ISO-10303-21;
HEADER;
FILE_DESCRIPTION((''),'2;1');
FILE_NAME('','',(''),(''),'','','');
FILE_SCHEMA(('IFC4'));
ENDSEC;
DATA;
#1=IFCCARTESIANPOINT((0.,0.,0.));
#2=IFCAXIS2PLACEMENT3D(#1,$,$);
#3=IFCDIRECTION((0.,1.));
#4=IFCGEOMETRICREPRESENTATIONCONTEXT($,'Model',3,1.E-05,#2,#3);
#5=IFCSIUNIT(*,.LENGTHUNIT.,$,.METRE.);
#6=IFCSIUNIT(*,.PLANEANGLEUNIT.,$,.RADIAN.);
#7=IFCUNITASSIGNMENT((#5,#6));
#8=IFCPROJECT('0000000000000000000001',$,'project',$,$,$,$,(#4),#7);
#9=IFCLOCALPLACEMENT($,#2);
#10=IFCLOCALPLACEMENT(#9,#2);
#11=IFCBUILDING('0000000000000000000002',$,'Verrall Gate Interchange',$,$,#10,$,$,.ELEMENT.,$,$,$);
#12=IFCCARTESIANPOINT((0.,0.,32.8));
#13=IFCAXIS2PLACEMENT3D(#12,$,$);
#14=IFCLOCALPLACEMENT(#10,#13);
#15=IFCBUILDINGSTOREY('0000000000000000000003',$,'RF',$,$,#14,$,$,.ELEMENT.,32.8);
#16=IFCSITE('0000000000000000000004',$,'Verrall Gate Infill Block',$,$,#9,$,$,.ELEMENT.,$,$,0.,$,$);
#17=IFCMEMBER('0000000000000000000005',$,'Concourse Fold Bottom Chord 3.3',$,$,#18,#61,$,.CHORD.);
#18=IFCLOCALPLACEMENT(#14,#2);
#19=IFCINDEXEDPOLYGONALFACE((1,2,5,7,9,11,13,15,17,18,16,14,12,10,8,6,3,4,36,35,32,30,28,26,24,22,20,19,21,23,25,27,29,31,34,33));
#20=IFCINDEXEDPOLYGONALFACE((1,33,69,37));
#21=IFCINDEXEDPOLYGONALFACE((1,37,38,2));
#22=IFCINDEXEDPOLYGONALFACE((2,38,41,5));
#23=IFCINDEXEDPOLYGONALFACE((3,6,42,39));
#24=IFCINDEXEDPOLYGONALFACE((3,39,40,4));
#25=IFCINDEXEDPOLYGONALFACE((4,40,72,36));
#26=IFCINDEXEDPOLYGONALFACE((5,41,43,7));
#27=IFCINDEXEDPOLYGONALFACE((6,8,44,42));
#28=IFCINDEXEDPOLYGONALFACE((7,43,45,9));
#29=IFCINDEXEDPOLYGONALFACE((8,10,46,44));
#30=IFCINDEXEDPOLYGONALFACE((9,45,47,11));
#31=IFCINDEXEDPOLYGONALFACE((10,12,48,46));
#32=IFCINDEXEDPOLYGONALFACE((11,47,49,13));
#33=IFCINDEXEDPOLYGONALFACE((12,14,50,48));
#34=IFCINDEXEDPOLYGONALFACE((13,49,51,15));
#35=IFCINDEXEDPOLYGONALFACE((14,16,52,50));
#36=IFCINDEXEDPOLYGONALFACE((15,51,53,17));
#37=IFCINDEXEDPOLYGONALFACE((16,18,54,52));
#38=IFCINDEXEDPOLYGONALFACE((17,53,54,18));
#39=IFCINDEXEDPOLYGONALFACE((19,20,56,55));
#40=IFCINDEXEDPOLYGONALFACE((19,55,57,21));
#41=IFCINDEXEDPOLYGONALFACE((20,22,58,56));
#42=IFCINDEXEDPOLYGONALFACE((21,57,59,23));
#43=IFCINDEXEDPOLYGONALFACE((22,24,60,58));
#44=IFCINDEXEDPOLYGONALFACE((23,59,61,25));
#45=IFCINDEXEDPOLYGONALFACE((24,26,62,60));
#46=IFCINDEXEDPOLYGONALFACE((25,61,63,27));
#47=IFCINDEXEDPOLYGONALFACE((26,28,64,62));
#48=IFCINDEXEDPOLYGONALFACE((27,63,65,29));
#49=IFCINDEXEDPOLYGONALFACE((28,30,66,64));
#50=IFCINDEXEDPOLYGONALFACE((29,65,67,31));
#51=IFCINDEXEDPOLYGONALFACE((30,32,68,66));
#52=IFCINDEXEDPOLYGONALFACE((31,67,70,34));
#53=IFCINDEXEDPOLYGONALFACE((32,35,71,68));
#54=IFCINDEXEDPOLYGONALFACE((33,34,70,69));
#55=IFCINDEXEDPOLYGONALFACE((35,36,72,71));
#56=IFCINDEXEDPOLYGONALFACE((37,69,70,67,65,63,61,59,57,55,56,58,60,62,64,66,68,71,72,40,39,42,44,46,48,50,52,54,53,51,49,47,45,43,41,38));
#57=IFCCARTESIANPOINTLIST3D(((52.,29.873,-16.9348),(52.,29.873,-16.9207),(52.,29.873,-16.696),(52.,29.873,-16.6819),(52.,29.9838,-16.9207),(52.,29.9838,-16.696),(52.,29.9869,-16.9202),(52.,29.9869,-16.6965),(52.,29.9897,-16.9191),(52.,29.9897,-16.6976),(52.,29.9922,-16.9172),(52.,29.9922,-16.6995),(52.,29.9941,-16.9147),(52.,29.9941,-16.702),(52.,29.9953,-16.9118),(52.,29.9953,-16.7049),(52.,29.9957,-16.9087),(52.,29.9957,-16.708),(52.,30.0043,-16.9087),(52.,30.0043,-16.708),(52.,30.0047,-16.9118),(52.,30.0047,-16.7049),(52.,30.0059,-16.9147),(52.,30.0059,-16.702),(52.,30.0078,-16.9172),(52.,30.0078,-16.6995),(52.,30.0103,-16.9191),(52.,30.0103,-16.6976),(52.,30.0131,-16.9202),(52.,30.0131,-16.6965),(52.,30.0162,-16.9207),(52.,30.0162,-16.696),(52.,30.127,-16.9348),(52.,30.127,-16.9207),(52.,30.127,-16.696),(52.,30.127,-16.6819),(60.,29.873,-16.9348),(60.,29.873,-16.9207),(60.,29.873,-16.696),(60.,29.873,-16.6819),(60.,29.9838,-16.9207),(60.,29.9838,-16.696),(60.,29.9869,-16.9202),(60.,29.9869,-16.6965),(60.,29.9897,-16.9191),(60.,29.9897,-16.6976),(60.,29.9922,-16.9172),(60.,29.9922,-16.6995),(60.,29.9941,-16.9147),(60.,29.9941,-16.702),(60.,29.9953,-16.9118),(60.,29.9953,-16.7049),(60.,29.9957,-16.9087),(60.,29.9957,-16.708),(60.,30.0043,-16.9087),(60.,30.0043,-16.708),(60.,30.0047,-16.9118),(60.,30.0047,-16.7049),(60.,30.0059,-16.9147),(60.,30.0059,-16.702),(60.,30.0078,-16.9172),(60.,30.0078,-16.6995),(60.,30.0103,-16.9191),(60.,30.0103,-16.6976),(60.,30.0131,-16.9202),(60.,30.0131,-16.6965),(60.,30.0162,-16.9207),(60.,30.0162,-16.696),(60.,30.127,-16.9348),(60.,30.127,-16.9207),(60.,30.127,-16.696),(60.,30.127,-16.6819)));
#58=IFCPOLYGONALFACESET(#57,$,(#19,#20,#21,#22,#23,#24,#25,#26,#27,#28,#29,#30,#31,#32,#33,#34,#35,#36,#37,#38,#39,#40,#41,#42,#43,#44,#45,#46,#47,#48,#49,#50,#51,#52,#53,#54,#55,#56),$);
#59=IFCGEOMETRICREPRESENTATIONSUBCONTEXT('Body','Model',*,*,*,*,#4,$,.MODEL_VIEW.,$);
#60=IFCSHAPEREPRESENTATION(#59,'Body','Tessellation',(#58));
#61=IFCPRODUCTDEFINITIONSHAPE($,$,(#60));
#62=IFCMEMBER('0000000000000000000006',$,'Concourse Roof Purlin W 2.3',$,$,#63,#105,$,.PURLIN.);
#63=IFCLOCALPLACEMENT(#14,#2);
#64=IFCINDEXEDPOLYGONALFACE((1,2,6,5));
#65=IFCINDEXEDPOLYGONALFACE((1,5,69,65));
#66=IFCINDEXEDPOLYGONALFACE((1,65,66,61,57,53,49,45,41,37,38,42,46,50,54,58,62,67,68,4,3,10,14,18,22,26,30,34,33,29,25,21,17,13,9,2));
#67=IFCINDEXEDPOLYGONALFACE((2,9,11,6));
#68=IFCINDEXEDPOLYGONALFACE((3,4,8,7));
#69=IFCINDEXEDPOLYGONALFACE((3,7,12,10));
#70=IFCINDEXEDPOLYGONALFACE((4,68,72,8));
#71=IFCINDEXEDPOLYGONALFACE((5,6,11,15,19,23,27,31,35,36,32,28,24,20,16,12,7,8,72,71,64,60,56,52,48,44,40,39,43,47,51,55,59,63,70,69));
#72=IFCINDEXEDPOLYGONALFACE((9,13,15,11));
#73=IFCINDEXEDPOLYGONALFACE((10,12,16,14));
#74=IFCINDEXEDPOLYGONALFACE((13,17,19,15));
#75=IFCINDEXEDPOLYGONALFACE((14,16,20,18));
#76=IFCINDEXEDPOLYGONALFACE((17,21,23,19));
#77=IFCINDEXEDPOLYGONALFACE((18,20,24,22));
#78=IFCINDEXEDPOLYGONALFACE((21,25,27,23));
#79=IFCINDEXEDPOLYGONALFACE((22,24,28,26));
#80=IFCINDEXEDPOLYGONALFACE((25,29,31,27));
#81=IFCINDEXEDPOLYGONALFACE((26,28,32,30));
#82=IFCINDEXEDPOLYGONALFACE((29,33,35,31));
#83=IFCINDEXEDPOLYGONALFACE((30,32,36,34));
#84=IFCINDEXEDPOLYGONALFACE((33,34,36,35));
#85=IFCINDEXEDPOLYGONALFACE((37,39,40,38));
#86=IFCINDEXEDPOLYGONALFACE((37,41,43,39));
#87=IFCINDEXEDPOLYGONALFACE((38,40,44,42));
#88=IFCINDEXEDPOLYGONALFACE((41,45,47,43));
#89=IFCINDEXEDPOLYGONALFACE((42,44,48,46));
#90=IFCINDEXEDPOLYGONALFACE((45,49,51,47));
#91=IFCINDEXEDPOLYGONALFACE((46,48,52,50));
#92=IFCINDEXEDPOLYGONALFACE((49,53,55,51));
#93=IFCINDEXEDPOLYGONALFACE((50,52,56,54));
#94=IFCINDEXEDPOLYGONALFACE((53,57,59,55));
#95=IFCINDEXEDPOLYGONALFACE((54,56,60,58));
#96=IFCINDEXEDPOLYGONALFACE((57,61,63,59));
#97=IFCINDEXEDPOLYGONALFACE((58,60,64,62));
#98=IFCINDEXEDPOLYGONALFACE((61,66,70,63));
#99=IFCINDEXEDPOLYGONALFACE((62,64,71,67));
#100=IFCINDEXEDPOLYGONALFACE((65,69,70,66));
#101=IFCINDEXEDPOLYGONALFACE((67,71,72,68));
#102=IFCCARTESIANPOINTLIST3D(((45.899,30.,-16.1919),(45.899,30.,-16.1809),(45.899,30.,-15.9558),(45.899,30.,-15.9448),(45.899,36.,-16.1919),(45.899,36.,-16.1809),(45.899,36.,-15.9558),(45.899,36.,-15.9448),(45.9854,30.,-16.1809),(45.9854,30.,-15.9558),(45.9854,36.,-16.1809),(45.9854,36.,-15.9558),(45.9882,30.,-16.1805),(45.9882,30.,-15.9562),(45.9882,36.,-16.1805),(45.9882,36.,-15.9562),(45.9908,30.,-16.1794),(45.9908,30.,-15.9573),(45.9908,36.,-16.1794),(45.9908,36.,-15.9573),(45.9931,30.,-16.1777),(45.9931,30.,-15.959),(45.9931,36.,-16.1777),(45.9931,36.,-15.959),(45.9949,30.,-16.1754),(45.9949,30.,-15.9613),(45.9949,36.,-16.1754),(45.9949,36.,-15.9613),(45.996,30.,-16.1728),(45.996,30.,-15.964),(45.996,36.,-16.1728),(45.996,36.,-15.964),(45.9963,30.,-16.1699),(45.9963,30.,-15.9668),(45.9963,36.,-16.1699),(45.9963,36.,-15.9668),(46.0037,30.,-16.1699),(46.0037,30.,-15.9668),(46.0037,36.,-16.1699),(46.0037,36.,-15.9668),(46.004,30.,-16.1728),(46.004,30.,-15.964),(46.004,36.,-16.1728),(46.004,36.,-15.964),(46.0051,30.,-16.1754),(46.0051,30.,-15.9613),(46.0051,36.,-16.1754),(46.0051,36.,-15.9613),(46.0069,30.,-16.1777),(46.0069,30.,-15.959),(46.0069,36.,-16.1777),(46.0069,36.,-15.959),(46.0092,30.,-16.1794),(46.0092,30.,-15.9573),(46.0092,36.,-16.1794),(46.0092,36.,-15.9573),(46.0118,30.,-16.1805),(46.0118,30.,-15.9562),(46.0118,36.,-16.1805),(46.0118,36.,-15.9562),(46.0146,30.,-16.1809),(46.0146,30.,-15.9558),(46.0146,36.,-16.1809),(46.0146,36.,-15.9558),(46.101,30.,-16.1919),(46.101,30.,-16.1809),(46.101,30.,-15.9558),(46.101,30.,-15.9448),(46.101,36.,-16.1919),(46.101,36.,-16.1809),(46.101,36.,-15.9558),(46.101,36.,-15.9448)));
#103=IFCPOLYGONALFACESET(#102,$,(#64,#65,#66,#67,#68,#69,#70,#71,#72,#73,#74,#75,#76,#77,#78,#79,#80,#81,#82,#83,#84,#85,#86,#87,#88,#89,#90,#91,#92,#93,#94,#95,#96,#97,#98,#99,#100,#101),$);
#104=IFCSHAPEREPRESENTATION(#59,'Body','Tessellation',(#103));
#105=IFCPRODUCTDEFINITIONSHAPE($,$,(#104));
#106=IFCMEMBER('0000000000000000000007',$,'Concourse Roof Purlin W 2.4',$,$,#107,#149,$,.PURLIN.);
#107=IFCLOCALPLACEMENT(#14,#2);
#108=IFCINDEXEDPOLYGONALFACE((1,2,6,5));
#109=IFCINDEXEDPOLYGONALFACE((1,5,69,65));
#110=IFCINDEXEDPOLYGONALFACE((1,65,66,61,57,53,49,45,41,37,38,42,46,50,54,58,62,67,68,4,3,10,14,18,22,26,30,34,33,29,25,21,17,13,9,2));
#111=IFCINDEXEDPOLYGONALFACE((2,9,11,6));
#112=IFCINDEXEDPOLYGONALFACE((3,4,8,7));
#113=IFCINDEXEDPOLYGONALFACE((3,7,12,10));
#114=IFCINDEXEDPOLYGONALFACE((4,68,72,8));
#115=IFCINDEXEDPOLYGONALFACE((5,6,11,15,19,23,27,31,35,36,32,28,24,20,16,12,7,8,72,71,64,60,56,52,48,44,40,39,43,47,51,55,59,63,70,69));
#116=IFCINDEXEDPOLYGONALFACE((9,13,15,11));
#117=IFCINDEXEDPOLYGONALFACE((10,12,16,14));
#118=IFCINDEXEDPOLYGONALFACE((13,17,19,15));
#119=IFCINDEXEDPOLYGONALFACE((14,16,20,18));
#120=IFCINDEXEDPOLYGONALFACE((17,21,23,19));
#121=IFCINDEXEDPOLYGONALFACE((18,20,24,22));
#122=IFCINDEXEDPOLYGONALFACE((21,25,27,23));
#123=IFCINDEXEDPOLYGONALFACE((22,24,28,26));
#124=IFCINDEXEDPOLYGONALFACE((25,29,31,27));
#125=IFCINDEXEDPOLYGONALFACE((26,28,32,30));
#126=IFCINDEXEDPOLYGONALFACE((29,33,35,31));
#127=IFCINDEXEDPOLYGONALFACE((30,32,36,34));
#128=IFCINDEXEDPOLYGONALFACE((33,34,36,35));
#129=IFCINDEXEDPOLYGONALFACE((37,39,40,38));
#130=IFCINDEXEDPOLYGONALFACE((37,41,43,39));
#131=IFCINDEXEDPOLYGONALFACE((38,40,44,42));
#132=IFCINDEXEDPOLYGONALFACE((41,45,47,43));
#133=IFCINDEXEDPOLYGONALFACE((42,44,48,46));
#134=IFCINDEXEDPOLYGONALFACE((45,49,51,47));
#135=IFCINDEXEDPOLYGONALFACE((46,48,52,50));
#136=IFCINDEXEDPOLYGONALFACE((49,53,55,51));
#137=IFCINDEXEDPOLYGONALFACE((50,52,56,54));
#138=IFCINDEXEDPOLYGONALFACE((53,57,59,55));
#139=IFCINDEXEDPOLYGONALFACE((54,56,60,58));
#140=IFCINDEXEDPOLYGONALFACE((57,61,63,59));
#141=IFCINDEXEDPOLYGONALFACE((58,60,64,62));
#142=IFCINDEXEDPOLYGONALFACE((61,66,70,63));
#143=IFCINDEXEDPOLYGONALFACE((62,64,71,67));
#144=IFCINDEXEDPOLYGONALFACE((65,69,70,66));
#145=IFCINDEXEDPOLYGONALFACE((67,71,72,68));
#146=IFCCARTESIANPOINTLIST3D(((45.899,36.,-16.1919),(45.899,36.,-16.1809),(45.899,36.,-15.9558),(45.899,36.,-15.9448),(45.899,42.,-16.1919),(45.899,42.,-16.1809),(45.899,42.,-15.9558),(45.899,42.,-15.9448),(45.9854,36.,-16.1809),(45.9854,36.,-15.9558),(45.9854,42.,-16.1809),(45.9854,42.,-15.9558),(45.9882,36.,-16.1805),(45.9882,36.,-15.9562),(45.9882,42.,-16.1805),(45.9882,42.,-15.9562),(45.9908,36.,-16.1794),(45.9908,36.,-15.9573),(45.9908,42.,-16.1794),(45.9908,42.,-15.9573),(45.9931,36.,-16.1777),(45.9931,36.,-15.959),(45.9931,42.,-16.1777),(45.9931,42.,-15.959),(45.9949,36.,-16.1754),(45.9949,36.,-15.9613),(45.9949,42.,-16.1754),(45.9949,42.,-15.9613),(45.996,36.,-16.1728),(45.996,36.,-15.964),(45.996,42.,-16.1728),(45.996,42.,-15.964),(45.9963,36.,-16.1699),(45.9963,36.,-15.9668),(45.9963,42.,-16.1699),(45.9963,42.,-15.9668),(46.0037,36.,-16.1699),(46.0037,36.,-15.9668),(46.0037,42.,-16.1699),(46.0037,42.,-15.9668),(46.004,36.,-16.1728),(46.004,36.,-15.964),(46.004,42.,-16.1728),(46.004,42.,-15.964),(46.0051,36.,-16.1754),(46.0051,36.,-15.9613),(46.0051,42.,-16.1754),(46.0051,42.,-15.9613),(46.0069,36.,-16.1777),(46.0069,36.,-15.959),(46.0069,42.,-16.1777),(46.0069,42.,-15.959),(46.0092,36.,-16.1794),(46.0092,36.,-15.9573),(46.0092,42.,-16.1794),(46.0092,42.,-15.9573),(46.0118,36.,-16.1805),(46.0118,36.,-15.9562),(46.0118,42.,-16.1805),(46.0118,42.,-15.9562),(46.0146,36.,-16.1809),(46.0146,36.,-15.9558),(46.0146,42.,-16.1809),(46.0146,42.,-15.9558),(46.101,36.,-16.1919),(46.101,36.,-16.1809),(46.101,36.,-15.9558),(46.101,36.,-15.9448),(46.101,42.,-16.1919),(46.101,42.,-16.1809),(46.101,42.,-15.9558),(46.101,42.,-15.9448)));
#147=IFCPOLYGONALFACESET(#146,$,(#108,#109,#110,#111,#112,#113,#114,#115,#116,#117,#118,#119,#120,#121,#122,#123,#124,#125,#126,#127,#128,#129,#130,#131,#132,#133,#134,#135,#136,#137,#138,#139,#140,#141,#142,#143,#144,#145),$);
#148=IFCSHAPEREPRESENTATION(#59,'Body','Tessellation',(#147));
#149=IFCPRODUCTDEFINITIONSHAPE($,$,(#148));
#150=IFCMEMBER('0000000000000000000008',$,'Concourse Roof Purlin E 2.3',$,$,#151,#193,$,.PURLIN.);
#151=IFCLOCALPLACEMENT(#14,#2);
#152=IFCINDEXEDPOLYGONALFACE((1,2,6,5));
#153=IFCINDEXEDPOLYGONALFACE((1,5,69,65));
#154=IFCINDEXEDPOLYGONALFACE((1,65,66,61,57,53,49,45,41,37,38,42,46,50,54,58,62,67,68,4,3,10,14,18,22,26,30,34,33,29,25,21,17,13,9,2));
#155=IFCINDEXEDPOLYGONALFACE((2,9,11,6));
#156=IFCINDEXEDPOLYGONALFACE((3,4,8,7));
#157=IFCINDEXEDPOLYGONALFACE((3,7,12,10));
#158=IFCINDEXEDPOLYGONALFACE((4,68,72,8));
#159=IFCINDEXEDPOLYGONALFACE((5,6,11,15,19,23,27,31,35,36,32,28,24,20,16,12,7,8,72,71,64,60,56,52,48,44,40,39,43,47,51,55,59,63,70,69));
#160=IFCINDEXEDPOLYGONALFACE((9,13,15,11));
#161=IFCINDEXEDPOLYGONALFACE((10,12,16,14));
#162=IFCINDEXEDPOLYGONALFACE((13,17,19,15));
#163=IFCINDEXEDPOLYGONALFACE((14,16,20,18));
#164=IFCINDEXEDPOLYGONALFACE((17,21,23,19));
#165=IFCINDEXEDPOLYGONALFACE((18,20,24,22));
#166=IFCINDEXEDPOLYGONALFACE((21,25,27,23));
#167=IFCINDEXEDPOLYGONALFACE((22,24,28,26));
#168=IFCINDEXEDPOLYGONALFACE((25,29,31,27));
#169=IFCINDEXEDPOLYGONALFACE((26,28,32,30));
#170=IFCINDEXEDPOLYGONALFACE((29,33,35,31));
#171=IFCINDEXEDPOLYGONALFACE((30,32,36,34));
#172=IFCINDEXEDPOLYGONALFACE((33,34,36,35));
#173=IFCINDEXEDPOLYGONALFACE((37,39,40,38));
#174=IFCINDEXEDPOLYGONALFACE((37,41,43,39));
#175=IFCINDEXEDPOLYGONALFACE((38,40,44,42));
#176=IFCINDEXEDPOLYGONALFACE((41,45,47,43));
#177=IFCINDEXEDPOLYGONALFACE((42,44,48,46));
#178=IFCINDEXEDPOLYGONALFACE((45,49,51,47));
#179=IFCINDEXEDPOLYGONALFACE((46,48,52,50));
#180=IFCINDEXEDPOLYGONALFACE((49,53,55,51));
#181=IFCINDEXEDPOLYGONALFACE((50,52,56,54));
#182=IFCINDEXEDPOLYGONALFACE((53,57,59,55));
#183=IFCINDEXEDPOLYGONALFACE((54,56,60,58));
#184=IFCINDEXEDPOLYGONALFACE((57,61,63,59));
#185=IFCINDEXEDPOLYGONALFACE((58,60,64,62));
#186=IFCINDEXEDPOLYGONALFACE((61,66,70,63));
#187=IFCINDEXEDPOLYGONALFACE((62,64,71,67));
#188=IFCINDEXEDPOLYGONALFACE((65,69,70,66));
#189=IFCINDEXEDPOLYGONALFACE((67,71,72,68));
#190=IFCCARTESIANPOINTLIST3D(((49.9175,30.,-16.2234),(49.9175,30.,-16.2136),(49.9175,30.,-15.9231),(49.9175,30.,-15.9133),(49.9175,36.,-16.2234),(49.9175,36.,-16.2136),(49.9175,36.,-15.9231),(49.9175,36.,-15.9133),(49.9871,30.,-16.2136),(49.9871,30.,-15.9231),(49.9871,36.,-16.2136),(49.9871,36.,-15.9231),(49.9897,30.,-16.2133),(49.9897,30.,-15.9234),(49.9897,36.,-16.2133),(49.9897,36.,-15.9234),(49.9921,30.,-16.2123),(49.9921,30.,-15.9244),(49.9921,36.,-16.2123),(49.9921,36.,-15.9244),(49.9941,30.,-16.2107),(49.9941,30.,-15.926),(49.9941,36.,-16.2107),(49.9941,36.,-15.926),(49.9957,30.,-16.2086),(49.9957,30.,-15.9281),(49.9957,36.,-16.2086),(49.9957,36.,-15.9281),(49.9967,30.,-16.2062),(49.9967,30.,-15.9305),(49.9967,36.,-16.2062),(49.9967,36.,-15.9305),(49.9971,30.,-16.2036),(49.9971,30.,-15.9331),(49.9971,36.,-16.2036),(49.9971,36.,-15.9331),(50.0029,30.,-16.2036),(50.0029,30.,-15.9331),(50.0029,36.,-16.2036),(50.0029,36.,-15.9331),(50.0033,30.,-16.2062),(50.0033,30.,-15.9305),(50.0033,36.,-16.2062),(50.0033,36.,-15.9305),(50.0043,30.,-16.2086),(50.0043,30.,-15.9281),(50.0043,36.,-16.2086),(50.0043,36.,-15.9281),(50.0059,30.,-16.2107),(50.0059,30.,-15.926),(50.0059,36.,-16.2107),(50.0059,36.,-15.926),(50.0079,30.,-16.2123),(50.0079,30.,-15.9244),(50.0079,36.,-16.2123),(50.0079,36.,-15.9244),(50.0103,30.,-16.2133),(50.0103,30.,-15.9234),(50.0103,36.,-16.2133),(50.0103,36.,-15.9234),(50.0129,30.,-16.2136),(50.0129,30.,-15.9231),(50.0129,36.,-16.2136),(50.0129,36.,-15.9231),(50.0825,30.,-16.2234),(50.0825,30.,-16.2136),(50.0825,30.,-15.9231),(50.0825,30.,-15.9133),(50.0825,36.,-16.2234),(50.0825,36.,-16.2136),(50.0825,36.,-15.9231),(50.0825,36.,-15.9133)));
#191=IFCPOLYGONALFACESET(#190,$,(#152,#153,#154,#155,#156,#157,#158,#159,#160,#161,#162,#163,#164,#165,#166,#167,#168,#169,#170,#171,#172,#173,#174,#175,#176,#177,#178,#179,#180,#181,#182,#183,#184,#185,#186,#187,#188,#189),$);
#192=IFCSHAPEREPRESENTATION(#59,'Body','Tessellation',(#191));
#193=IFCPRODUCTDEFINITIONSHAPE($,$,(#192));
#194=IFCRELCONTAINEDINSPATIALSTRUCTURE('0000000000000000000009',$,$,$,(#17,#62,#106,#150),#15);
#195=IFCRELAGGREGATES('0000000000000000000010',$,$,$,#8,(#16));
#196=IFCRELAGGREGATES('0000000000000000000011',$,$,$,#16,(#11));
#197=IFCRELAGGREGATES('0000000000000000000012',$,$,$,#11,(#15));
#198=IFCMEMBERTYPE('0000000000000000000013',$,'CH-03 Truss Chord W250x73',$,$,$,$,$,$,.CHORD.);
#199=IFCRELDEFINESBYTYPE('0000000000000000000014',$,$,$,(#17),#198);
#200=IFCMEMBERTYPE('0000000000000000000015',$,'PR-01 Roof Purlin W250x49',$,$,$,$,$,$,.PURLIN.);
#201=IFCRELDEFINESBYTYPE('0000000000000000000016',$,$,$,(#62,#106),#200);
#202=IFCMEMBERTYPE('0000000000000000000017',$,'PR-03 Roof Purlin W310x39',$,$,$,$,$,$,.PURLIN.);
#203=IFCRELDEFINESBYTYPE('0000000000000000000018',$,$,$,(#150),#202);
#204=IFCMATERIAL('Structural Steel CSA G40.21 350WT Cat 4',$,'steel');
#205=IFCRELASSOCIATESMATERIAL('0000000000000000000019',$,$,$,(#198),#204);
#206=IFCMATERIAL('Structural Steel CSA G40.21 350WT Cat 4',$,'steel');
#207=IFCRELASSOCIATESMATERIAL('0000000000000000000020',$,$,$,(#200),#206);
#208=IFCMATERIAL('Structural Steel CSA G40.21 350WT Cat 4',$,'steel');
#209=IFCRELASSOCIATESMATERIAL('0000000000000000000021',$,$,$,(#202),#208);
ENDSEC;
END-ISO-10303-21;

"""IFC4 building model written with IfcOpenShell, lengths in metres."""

from ifc_helpers import new_model, si_unit, direction, frame, origin, origin_2d, place, context, subcontext, project, spatial, i_section, extrude, material, material_profile, profile_set, type_object, element, save


model = new_model("IFC4")

# Units and contexts
model_context = context("Model", 3, precision=1e-05, world=origin(), true_north=direction((0.0, 1.0)))
body_context = subcontext(model_context, "Body", "Model", "MODEL_VIEW")
ifc_project = project(units=[si_unit("LENGTHUNIT", "METRE"), si_unit("PLANEANGLEUNIT", "RADIAN")], contexts=[model_context])

# Site, building, storey
site_placement = place(None, origin())
site = spatial("IfcSite", under=ifc_project, at=site_placement, Name="Verrall Gate Infill Block", CompositionType="ELEMENT", RefElevation=0.0)
building_placement = place(site_placement, origin())
building = spatial("IfcBuilding", under=site, at=building_placement, Name="Verrall Gate Interchange", CompositionType="ELEMENT")
storey_placement = place(building_placement, frame((0.0, 0.0, 32.8)))
storey = spatial("IfcBuildingStorey", under=building, at=storey_placement, Name="RF", CompositionType="ELEMENT", Elevation=32.8)

# Members
ifc_material_1 = material(Name="Structural Steel CSA G40.21 350WT Cat 4", Category="steel")
ifc_material_profile_1 = material_profile(ifc_material_1, i_section(OverallWidth=0.2539, OverallDepth=0.2529, WebThickness=0.0085, FlangeThickness=0.0142, FilletRadius=0.012, at=origin_2d()), Name="W250x73")
ifc_profile_set_1 = profile_set([ifc_material_profile_1], Name="Structural Steel CSA G40.21 350WT Cat 4")
member_type_1 = type_object("IfcMemberType", Name="CH-03 Truss Chord W250x73", PredefinedType="CHORD", material=ifc_profile_set_1)
for number, where, z_axis, x_axis, name in (
    (1, (52.0, 30.0, -16.8083), (1.0, 0.0, 0.0), (0.0, 1.0, 0.0), "Concourse Fold Bottom Chord 3.3"),
):
    element("IfcMember", number, at=place(storey_placement, frame(where, z_axis=z_axis, x_axis=x_axis)), inside=storey, type_object=member_type_1, Name=name, PredefinedType="CHORD", context=body_context, shape_type="SweptSolid", body=[
        extrude(i_section(OverallWidth=0.2539, OverallDepth=0.2529, WebThickness=0.0085, FlangeThickness=0.0142, FilletRadius=0.012, at=origin_2d()), origin(), (0.0, 0.0, 1.0), 8.0),
    ])
ifc_material_2 = material(Name="Structural Steel CSA G40.21 350WT Cat 4", Category="steel")
ifc_material_profile_2 = material_profile(ifc_material_2, i_section(OverallWidth=0.2019, OverallDepth=0.2471, WebThickness=0.0073, FlangeThickness=0.011, FilletRadius=0.011, at=origin_2d()), Name="W250x49")
ifc_profile_set_2 = profile_set([ifc_material_profile_2], Name="Structural Steel CSA G40.21 350WT Cat 4")
member_type_2 = type_object("IfcMemberType", Name="PR-01 Roof Purlin W250x49", PredefinedType="PURLIN", material=ifc_profile_set_2)
for number, where, z_axis, x_axis, name in (
    (2, (46.0, 30.0, -16.0684), (0.0, 1.0, 0.0), (-1.0, 0.0, 0.0), "Concourse Roof Purlin W 2.3"),
    (3, (46.0, 36.0, -16.0684), (0.0, 1.0, 0.0), (-1.0, 0.0, 0.0), "Concourse Roof Purlin W 2.4"),
):
    element("IfcMember", number, at=place(storey_placement, frame(where, z_axis=z_axis, x_axis=x_axis)), inside=storey, type_object=member_type_2, Name=name, PredefinedType="PURLIN", context=body_context, shape_type="SweptSolid", body=[
        extrude(i_section(OverallWidth=0.2019, OverallDepth=0.2471, WebThickness=0.0073, FlangeThickness=0.011, FilletRadius=0.011, at=origin_2d()), origin(), (0.0, 0.0, 1.0), 6.0),
    ])
ifc_material_3 = material(Name="Structural Steel CSA G40.21 350WT Cat 4", Category="steel")
ifc_material_profile_3 = material_profile(ifc_material_3, i_section(OverallWidth=0.165, OverallDepth=0.3101, WebThickness=0.0059, FlangeThickness=0.0098, FilletRadius=0.01, at=origin_2d()), Name="W310x39")
ifc_profile_set_3 = profile_set([ifc_material_profile_3], Name="Structural Steel CSA G40.21 350WT Cat 4")
member_type_3 = type_object("IfcMemberType", Name="PR-03 Roof Purlin W310x39", PredefinedType="PURLIN", material=ifc_profile_set_3)
for number, where, z_axis, x_axis, name in (
    (4, (50.0, 30.0, -16.0684), (0.0, 1.0, 0.0), (-1.0, 0.0, 0.0), "Concourse Roof Purlin E 2.3"),
):
    element("IfcMember", number, at=place(storey_placement, frame(where, z_axis=z_axis, x_axis=x_axis)), inside=storey, type_object=member_type_3, Name=name, PredefinedType="PURLIN", context=body_context, shape_type="SweptSolid", body=[
        extrude(i_section(OverallWidth=0.165, OverallDepth=0.3101, WebThickness=0.0059, FlangeThickness=0.0098, FilletRadius=0.01, at=origin_2d()), origin(), (0.0, 0.0, 1.0), 6.0),
    ])

save(model, "model.ifc")
